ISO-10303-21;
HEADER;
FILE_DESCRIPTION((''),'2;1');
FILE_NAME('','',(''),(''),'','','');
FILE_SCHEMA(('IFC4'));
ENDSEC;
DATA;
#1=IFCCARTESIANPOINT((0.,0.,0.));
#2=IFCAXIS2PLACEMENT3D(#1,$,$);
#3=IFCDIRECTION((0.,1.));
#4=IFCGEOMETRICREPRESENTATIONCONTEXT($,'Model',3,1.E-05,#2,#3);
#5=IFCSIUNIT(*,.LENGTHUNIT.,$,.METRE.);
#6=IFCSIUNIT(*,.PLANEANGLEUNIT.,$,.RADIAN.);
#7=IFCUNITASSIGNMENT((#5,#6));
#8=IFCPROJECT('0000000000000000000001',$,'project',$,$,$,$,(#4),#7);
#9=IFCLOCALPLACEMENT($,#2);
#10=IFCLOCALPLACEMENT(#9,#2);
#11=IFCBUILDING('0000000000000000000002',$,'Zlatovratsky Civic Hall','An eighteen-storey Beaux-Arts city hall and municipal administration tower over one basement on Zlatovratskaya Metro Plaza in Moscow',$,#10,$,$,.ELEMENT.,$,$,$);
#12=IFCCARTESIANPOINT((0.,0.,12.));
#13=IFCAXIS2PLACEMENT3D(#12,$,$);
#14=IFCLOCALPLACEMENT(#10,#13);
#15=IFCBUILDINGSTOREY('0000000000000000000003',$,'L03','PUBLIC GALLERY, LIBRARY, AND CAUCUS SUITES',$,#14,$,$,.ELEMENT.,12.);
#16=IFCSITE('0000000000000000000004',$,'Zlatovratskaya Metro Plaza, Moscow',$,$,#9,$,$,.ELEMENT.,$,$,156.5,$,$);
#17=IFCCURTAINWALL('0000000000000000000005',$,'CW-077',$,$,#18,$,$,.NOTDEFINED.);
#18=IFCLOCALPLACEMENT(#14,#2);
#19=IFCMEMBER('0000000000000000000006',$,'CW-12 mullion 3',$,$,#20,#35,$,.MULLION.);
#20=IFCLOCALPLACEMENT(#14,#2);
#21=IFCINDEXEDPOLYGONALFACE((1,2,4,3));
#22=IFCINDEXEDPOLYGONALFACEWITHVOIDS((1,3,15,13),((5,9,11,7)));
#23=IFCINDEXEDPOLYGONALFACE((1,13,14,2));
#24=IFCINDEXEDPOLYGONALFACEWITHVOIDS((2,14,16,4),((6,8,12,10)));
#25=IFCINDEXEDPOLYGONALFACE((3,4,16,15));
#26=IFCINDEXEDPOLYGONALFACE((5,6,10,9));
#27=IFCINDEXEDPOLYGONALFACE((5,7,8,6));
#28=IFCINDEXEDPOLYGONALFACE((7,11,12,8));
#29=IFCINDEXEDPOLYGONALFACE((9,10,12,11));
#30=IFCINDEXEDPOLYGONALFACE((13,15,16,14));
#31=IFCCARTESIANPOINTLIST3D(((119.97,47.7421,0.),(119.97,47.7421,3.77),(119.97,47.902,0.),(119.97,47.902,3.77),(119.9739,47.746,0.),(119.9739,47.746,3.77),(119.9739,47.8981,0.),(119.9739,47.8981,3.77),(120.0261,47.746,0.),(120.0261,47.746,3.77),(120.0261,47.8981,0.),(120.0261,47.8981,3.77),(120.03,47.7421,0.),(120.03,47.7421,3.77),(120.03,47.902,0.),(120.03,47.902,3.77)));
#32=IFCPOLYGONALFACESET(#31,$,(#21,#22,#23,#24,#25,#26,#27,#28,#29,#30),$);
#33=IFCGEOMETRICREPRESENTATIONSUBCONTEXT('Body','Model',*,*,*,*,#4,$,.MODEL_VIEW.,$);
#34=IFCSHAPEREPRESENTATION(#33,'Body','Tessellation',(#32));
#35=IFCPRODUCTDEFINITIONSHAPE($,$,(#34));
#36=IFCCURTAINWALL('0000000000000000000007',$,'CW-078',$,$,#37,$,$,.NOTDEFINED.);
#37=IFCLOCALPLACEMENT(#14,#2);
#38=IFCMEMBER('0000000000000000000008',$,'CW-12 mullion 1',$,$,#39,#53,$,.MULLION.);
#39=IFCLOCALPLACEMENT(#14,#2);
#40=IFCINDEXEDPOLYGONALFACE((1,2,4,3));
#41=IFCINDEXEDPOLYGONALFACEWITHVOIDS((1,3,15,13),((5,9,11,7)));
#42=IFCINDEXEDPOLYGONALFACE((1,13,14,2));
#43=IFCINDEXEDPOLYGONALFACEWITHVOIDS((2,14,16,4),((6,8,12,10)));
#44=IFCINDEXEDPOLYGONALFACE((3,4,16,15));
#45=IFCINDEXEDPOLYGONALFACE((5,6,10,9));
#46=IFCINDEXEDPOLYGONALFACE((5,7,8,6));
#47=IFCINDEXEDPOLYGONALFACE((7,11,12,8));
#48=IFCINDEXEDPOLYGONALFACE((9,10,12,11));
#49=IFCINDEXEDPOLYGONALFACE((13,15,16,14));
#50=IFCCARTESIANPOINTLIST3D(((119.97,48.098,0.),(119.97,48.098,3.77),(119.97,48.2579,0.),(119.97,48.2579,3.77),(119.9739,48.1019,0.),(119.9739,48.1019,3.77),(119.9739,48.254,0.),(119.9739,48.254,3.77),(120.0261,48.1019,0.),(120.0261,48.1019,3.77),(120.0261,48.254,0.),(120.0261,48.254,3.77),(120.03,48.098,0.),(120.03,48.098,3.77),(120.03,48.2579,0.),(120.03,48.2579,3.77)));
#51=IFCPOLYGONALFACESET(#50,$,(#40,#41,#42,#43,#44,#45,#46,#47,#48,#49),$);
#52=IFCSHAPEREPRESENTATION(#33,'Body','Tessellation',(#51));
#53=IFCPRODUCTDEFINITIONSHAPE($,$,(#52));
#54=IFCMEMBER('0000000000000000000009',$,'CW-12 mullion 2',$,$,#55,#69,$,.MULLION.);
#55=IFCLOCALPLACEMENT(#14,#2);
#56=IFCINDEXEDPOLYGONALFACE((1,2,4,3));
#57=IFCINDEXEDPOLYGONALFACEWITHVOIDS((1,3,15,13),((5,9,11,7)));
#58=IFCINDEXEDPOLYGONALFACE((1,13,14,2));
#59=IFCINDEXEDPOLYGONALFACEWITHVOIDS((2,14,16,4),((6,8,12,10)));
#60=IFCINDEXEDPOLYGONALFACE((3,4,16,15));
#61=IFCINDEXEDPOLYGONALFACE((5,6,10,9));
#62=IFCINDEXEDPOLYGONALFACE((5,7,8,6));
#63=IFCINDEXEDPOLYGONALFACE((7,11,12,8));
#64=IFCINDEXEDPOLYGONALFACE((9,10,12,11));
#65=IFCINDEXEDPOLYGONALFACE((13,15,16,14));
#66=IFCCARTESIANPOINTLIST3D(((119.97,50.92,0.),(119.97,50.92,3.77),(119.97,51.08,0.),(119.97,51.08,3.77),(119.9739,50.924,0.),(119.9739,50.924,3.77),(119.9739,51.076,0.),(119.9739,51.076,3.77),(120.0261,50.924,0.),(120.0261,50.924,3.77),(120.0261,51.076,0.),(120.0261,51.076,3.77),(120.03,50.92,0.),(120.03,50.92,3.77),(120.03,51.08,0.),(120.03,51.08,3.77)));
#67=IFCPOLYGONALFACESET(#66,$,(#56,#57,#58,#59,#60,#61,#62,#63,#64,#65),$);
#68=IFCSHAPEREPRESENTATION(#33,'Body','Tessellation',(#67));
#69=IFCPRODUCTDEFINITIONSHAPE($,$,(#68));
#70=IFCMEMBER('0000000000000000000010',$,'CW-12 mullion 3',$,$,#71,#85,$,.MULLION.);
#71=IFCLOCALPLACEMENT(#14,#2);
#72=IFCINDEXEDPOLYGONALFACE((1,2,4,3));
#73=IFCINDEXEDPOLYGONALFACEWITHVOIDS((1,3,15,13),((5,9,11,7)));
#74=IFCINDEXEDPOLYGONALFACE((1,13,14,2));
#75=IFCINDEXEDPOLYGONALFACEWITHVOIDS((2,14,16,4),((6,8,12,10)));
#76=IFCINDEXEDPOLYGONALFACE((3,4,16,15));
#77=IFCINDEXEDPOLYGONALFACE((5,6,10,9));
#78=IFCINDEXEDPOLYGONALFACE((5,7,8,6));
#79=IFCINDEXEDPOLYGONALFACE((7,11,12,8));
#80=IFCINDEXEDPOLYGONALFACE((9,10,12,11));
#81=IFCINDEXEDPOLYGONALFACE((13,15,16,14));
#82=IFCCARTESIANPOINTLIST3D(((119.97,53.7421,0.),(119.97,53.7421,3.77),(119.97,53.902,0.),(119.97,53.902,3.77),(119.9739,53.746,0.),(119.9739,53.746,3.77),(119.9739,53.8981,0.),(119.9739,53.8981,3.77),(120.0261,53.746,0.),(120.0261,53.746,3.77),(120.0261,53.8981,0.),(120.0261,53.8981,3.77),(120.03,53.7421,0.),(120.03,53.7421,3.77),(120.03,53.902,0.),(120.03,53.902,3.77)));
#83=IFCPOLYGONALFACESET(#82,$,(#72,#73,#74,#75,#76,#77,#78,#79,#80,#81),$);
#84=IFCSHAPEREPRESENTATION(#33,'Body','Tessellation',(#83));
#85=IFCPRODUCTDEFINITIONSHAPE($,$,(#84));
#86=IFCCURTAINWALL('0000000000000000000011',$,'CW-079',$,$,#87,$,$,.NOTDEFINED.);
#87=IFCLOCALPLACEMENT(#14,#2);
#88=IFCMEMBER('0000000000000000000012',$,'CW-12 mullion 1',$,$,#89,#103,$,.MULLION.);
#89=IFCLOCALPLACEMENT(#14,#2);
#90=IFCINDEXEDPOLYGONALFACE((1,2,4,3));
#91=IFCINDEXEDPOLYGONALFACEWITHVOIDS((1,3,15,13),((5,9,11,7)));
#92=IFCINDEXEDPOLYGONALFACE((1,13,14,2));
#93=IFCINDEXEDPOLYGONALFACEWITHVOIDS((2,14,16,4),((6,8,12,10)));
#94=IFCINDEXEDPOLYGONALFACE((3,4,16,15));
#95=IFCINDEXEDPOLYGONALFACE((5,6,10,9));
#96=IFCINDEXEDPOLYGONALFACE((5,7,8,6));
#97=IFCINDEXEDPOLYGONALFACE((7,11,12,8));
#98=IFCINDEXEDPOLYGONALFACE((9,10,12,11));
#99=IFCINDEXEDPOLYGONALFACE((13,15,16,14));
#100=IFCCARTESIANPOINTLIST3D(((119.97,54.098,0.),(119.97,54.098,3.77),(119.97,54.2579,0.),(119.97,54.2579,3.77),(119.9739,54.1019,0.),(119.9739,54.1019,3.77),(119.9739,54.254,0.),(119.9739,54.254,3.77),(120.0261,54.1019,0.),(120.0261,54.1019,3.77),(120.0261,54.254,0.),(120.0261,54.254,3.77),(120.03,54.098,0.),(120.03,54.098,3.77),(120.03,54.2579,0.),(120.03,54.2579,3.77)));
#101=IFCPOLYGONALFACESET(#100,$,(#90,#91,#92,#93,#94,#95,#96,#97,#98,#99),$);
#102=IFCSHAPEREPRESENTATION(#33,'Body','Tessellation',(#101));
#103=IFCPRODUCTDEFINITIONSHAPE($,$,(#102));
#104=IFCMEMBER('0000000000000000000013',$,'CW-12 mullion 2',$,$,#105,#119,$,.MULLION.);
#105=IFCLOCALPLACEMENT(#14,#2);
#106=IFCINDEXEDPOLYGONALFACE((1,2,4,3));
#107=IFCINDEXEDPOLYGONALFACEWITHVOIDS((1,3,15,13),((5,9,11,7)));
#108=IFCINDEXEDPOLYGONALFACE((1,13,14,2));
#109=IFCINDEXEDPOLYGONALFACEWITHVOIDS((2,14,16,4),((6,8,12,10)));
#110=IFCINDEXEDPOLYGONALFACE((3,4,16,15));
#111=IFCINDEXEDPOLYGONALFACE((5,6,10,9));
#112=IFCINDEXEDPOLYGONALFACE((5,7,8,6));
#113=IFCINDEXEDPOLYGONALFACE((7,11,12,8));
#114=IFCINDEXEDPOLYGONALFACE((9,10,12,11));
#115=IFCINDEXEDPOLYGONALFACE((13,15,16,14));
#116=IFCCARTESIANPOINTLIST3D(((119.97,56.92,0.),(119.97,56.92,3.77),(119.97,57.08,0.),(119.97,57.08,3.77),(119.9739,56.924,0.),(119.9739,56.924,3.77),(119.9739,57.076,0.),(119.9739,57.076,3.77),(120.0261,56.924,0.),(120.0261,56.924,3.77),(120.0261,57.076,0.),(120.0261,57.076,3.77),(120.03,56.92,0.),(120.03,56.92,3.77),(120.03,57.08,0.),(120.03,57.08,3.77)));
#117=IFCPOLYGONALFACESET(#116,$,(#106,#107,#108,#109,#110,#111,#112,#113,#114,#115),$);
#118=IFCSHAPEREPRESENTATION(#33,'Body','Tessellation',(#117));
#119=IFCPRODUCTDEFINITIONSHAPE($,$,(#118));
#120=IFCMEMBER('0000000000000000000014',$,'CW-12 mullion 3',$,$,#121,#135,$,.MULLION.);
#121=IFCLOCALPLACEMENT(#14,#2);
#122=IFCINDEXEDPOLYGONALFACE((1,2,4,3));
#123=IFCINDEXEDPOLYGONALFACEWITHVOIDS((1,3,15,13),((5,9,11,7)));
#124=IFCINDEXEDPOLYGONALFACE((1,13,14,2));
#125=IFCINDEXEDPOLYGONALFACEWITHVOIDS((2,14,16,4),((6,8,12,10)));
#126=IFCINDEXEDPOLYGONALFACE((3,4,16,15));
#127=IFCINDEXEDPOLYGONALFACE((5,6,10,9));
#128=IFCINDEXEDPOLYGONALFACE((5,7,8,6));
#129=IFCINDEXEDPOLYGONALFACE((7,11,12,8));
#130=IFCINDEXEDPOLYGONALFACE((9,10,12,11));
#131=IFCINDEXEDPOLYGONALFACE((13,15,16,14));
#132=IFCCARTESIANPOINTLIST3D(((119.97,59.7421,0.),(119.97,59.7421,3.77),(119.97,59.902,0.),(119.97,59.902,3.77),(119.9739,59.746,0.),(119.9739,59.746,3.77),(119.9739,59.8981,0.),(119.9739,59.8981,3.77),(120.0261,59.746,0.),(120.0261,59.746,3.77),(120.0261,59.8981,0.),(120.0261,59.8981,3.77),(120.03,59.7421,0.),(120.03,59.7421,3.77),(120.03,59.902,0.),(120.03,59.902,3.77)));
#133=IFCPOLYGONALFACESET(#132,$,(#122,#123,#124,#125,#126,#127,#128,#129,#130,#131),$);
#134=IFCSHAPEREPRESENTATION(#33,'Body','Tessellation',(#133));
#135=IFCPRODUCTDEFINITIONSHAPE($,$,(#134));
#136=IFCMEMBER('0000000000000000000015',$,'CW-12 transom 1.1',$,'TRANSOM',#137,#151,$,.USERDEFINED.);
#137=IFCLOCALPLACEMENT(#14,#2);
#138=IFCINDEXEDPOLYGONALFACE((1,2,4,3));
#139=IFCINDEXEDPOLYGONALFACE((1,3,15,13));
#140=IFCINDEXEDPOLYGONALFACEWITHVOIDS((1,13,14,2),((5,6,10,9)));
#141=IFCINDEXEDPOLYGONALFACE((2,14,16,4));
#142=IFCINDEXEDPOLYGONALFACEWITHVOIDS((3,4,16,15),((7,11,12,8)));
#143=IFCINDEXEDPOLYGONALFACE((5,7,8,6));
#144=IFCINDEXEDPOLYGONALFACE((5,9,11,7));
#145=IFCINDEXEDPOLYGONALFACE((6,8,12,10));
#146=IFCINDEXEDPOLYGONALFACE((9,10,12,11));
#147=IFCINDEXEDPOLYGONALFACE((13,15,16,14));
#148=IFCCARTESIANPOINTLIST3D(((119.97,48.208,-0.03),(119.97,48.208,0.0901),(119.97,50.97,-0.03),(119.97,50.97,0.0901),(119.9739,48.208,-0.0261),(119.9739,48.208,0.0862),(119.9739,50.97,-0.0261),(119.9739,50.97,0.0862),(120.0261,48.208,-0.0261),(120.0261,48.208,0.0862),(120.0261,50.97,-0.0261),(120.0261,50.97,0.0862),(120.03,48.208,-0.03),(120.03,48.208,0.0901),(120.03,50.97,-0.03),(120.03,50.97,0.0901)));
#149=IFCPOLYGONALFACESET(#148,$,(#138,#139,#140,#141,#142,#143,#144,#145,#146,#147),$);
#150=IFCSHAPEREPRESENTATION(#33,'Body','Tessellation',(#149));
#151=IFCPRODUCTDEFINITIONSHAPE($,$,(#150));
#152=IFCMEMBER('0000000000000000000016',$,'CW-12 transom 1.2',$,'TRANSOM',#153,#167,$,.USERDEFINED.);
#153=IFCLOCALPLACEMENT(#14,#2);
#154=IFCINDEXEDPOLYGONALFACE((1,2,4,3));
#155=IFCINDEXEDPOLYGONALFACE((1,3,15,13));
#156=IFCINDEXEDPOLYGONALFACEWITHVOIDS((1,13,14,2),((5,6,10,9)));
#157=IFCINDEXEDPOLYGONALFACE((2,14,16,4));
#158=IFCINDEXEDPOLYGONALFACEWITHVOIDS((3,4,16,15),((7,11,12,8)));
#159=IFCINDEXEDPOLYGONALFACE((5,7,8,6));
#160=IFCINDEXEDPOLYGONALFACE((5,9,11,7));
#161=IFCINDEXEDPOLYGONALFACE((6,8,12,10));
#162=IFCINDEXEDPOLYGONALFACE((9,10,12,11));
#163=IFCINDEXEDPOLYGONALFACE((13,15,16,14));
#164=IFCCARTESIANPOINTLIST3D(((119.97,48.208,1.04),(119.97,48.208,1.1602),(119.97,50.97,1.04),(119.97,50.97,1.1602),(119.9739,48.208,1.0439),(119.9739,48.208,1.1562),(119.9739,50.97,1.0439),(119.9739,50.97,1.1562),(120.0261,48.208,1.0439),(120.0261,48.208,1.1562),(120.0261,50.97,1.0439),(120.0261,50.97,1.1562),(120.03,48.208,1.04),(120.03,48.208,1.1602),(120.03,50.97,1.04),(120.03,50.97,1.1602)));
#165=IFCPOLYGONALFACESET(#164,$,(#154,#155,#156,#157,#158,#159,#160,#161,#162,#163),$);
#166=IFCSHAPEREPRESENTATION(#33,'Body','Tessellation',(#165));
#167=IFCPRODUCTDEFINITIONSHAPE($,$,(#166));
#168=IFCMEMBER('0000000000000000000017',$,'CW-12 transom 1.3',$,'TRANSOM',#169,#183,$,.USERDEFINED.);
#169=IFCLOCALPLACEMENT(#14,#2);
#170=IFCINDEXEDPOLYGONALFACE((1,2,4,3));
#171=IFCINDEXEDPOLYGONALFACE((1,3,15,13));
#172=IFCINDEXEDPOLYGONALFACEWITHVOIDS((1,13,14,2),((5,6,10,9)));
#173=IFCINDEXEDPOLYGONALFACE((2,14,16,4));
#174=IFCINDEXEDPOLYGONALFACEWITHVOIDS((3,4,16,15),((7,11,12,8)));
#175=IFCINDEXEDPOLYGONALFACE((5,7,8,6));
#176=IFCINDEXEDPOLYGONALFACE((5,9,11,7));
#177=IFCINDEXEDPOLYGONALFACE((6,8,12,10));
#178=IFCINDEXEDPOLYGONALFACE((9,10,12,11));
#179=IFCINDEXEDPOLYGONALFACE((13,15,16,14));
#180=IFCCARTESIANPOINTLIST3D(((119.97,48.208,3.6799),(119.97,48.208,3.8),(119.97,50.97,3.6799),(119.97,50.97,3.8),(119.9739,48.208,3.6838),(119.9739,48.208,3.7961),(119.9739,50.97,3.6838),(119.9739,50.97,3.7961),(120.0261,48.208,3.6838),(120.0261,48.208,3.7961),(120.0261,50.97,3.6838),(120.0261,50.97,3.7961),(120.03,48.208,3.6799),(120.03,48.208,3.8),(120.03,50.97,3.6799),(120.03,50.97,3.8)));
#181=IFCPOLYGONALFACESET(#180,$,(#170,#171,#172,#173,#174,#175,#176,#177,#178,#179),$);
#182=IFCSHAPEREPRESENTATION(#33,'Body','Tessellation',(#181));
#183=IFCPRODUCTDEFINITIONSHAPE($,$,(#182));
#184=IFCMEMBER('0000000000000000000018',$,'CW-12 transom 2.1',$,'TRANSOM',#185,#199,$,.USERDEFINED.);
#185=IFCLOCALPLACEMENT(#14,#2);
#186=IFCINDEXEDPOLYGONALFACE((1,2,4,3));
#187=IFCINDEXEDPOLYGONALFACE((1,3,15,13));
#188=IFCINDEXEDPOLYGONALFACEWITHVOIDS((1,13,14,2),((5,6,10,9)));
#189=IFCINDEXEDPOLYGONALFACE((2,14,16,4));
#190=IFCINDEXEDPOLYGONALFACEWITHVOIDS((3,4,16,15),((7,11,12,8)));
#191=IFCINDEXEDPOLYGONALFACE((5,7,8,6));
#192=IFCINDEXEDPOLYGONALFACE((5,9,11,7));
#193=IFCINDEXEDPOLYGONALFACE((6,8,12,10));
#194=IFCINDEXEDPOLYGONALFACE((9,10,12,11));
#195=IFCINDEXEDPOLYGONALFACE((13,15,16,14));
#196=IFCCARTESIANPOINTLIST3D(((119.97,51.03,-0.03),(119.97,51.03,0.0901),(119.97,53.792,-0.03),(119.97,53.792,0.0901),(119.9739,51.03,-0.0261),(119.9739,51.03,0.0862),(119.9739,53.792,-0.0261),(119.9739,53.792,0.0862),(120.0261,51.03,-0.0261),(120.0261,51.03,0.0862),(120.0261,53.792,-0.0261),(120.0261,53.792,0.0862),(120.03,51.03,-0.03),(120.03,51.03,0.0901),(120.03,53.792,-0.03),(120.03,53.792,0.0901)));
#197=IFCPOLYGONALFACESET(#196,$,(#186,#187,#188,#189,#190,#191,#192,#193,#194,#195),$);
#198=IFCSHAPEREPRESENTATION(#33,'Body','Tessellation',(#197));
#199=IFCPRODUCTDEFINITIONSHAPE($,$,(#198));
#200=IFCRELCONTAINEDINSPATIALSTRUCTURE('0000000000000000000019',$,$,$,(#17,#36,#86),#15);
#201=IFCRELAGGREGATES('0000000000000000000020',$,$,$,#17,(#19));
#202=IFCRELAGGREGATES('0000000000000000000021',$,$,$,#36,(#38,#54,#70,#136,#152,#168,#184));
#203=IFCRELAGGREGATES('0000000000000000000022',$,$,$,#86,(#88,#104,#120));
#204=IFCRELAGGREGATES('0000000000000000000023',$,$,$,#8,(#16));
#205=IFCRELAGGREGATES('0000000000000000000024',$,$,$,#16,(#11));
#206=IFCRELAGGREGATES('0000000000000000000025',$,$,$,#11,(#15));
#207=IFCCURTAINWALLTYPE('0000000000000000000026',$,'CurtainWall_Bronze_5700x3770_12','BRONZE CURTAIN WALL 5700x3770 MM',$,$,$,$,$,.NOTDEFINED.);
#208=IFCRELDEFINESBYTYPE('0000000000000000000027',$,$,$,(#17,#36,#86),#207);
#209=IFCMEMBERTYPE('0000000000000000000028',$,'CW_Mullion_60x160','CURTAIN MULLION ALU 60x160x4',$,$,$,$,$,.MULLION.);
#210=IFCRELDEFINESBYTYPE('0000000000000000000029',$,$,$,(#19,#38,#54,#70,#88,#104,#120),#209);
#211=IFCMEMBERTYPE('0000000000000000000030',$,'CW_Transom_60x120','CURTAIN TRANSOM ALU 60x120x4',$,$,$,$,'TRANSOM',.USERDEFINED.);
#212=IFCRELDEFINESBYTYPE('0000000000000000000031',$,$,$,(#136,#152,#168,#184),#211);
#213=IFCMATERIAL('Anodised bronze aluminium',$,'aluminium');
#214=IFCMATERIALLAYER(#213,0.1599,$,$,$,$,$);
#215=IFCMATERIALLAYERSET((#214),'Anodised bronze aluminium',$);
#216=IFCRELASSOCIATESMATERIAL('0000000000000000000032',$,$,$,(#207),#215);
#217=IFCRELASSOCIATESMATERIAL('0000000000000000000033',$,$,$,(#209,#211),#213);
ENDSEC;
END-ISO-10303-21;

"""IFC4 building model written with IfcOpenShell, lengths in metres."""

from ifc_helpers import new_model, si_unit, direction, frame, origin, origin_2d, place, context, subcontext, project, spatial, hollow_rectangle, extrude, material, layer, layer_set, material_profile, profile_set, type_object, element, aggregate, save


model = new_model("IFC4")

# Units and contexts
model_context = context("Model", 3, precision=1e-05, world=origin(), true_north=direction((0.0, 1.0)))
body_context = subcontext(model_context, "Body", "Model", "MODEL_VIEW")
ifc_project = project(units=[si_unit("LENGTHUNIT", "METRE"), si_unit("PLANEANGLEUNIT", "RADIAN")], contexts=[model_context])

# Site, building, storey
site_placement = place(None, origin())
site = spatial("IfcSite", under=ifc_project, at=site_placement, Name="Zlatovratskaya Metro Plaza, Moscow", CompositionType="ELEMENT", RefElevation=156.5)
building_placement = place(site_placement, origin())
building = spatial("IfcBuilding", under=site, at=building_placement, Name="Zlatovratsky Civic Hall", Description="An eighteen-storey Beaux-Arts city hall and municipal administration tower over one basement on Zlatovratskaya Metro Plaza in Moscow", CompositionType="ELEMENT")
storey_placement = place(building_placement, frame((0.0, 0.0, 12.0)))
storey = spatial("IfcBuildingStorey", under=building, at=storey_placement, Name="L03", Description="PUBLIC GALLERY, LIBRARY, AND CAUCUS SUITES", CompositionType="ELEMENT", Elevation=12.0)

# Curtain wall, member
ifc_material_1 = material(Name="Anodised bronze aluminium", Category="aluminium")
ifc_layer_1 = layer(ifc_material_1, 0.1599)
ifc_layer_set_1 = layer_set([ifc_layer_1], Name="Anodised bronze aluminium")
curtain_wall_type = type_object("IfcCurtainWallType", Name="CurtainWall_Bronze_5700x3770_12", Description="BRONZE CURTAIN WALL 5700x3770 MM", PredefinedType="NOTDEFINED", material=ifc_layer_set_1)
curtain_wall_1_placement = place(storey_placement, origin())
curtain_wall_1 = element("IfcCurtainWall", 1, at=curtain_wall_1_placement, inside=storey, type_object=curtain_wall_type, Name="CW-077", PredefinedType="NOTDEFINED")
ifc_material_profile_1 = material_profile(ifc_material_1, hollow_rectangle(XDim=0.0601, YDim=0.1599, WallThickness=0.0039, at=origin_2d()), Name="ALU 60x160x4")
ifc_profile_set_1 = profile_set([ifc_material_profile_1], Name="Anodised bronze aluminium")
member_type_1 = type_object("IfcMemberType", Name="CW_Mullion_60x160", Description="CURTAIN MULLION ALU 60x160x4", PredefinedType="MULLION", material=ifc_profile_set_1)
member_1_placement = place(storey_placement, frame((120.0, 47.822, 0.0), z_axis=(0.0, 0.0, 1.0), x_axis=(-1.0, 0.0, 0.0)))
member_1 = element("IfcMember", 2, at=member_1_placement, type_object=member_type_1, Name="CW-12 mullion 3", PredefinedType="MULLION", context=body_context, shape_type="SweptSolid", body=[
    extrude(hollow_rectangle(XDim=0.0601, YDim=0.1599, WallThickness=0.0039, at=origin_2d()), origin(), (0.0, 0.0, 1.0), 3.77),
])
aggregate(curtain_wall_1, [member_1])

# Curtain walls, members
curtain_wall_2_placement = place(storey_placement, origin())
curtain_wall_2 = element("IfcCurtainWall", 3, at=curtain_wall_2_placement, inside=storey, type_object=curtain_wall_type, Name="CW-078", PredefinedType="NOTDEFINED")
member_2_placement = place(storey_placement, frame((120.0, 48.178, 0.0), z_axis=(0.0, 0.0, 1.0), x_axis=(-1.0, 0.0, 0.0)))
member_2 = element("IfcMember", 4, at=member_2_placement, type_object=member_type_1, Name="CW-12 mullion 1", PredefinedType="MULLION", context=body_context, shape_type="SweptSolid", body=[
    extrude(hollow_rectangle(XDim=0.0601, YDim=0.1599, WallThickness=0.0039, at=origin_2d()), origin(), (0.0, 0.0, 1.0), 3.77),
])
member_3_placement = place(storey_placement, frame((120.0, 51.0, 0.0), z_axis=(0.0, 0.0, 1.0), x_axis=(-1.0, 0.0, 0.0)))
member_3 = element("IfcMember", 5, at=member_3_placement, type_object=member_type_1, Name="CW-12 mullion 2", PredefinedType="MULLION", context=body_context, shape_type="SweptSolid", body=[
    extrude(hollow_rectangle(XDim=0.0601, YDim=0.1599, WallThickness=0.0039, at=origin_2d()), origin(), (0.0, 0.0, 1.0), 3.77),
])
member_4_placement = place(storey_placement, frame((120.0, 53.822, 0.0), z_axis=(0.0, 0.0, 1.0), x_axis=(-1.0, 0.0, 0.0)))
member_4 = element("IfcMember", 6, at=member_4_placement, type_object=member_type_1, Name="CW-12 mullion 3", PredefinedType="MULLION", context=body_context, shape_type="SweptSolid", body=[
    extrude(hollow_rectangle(XDim=0.0601, YDim=0.1599, WallThickness=0.0039, at=origin_2d()), origin(), (0.0, 0.0, 1.0), 3.77),
])
curtain_wall_3_placement = place(storey_placement, origin())
curtain_wall_3 = element("IfcCurtainWall", 7, at=curtain_wall_3_placement, inside=storey, type_object=curtain_wall_type, Name="CW-079", PredefinedType="NOTDEFINED")
member_5_placement = place(storey_placement, frame((120.0, 54.178, 0.0), z_axis=(0.0, 0.0, 1.0), x_axis=(-1.0, 0.0, 0.0)))
member_5 = element("IfcMember", 8, at=member_5_placement, type_object=member_type_1, Name="CW-12 mullion 1", PredefinedType="MULLION", context=body_context, shape_type="SweptSolid", body=[
    extrude(hollow_rectangle(XDim=0.0601, YDim=0.1599, WallThickness=0.0039, at=origin_2d()), origin(), (0.0, 0.0, 1.0), 3.77),
])
member_6_placement = place(storey_placement, frame((120.0, 57.0, 0.0), z_axis=(0.0, 0.0, 1.0), x_axis=(-1.0, 0.0, 0.0)))
member_6 = element("IfcMember", 9, at=member_6_placement, type_object=member_type_1, Name="CW-12 mullion 2", PredefinedType="MULLION", context=body_context, shape_type="SweptSolid", body=[
    extrude(hollow_rectangle(XDim=0.0601, YDim=0.1599, WallThickness=0.0039, at=origin_2d()), origin(), (0.0, 0.0, 1.0), 3.77),
])
member_7_placement = place(storey_placement, frame((120.0, 59.822, 0.0), z_axis=(0.0, 0.0, 1.0), x_axis=(-1.0, 0.0, 0.0)))
member_7 = element("IfcMember", 10, at=member_7_placement, type_object=member_type_1, Name="CW-12 mullion 3", PredefinedType="MULLION", context=body_context, shape_type="SweptSolid", body=[
    extrude(hollow_rectangle(XDim=0.0601, YDim=0.1599, WallThickness=0.0039, at=origin_2d()), origin(), (0.0, 0.0, 1.0), 3.77),
])

# Members
ifc_material_profile_2 = material_profile(ifc_material_1, hollow_rectangle(XDim=0.0601, YDim=0.1201, WallThickness=0.0039, at=origin_2d()), Name="ALU 60x120x4")
ifc_profile_set_2 = profile_set([ifc_material_profile_2], Name="Anodised bronze aluminium")
member_type_2 = type_object("IfcMemberType", Name="CW_Transom_60x120", Description="CURTAIN TRANSOM ALU 60x120x4", ElementType="TRANSOM", PredefinedType="USERDEFINED", material=ifc_profile_set_2)
member_8_placement = place(storey_placement, frame((120.0, 48.208, 0.03), z_axis=(0.0, 1.0, 0.0), x_axis=(-1.0, 0.0, 0.0)))
member_8 = element("IfcMember", 11, at=member_8_placement, type_object=member_type_2, Name="CW-12 transom 1.1", ObjectType="TRANSOM", PredefinedType="USERDEFINED", context=body_context, shape_type="SweptSolid", body=[
    extrude(hollow_rectangle(XDim=0.0601, YDim=0.1201, WallThickness=0.0039, at=origin_2d()), origin(), (0.0, 0.0, 1.0), 2.762),
])
member_9_placement = place(storey_placement, frame((120.0, 48.208, 1.1001), z_axis=(0.0, 1.0, 0.0), x_axis=(-1.0, 0.0, 0.0)))
member_9 = element("IfcMember", 12, at=member_9_placement, type_object=member_type_2, Name="CW-12 transom 1.2", ObjectType="TRANSOM", PredefinedType="USERDEFINED", context=body_context, shape_type="SweptSolid", body=[
    extrude(hollow_rectangle(XDim=0.0601, YDim=0.1201, WallThickness=0.0039, at=origin_2d()), origin(), (0.0, 0.0, 1.0), 2.762),
])
member_10_placement = place(storey_placement, frame((120.0, 48.208, 3.74), z_axis=(0.0, 1.0, 0.0), x_axis=(-1.0, 0.0, 0.0)))
member_10 = element("IfcMember", 13, at=member_10_placement, type_object=member_type_2, Name="CW-12 transom 1.3", ObjectType="TRANSOM", PredefinedType="USERDEFINED", context=body_context, shape_type="SweptSolid", body=[
    extrude(hollow_rectangle(XDim=0.0601, YDim=0.1201, WallThickness=0.0039, at=origin_2d()), origin(), (0.0, 0.0, 1.0), 2.762),
])
member_11_placement = place(storey_placement, frame((120.0, 51.03, 0.03), z_axis=(0.0, 1.0, 0.0), x_axis=(-1.0, 0.0, 0.0)))
member_11 = element("IfcMember", 14, at=member_11_placement, type_object=member_type_2, Name="CW-12 transom 2.1", ObjectType="TRANSOM", PredefinedType="USERDEFINED", context=body_context, shape_type="SweptSolid", body=[
    extrude(hollow_rectangle(XDim=0.0601, YDim=0.1201, WallThickness=0.0039, at=origin_2d()), origin(), (0.0, 0.0, 1.0), 2.762),
])

aggregate(curtain_wall_2, [member_2, member_3, member_4, member_8, member_9, member_10, member_11])
aggregate(curtain_wall_3, [member_5, member_6, member_7])

save(model, "model.ifc")
